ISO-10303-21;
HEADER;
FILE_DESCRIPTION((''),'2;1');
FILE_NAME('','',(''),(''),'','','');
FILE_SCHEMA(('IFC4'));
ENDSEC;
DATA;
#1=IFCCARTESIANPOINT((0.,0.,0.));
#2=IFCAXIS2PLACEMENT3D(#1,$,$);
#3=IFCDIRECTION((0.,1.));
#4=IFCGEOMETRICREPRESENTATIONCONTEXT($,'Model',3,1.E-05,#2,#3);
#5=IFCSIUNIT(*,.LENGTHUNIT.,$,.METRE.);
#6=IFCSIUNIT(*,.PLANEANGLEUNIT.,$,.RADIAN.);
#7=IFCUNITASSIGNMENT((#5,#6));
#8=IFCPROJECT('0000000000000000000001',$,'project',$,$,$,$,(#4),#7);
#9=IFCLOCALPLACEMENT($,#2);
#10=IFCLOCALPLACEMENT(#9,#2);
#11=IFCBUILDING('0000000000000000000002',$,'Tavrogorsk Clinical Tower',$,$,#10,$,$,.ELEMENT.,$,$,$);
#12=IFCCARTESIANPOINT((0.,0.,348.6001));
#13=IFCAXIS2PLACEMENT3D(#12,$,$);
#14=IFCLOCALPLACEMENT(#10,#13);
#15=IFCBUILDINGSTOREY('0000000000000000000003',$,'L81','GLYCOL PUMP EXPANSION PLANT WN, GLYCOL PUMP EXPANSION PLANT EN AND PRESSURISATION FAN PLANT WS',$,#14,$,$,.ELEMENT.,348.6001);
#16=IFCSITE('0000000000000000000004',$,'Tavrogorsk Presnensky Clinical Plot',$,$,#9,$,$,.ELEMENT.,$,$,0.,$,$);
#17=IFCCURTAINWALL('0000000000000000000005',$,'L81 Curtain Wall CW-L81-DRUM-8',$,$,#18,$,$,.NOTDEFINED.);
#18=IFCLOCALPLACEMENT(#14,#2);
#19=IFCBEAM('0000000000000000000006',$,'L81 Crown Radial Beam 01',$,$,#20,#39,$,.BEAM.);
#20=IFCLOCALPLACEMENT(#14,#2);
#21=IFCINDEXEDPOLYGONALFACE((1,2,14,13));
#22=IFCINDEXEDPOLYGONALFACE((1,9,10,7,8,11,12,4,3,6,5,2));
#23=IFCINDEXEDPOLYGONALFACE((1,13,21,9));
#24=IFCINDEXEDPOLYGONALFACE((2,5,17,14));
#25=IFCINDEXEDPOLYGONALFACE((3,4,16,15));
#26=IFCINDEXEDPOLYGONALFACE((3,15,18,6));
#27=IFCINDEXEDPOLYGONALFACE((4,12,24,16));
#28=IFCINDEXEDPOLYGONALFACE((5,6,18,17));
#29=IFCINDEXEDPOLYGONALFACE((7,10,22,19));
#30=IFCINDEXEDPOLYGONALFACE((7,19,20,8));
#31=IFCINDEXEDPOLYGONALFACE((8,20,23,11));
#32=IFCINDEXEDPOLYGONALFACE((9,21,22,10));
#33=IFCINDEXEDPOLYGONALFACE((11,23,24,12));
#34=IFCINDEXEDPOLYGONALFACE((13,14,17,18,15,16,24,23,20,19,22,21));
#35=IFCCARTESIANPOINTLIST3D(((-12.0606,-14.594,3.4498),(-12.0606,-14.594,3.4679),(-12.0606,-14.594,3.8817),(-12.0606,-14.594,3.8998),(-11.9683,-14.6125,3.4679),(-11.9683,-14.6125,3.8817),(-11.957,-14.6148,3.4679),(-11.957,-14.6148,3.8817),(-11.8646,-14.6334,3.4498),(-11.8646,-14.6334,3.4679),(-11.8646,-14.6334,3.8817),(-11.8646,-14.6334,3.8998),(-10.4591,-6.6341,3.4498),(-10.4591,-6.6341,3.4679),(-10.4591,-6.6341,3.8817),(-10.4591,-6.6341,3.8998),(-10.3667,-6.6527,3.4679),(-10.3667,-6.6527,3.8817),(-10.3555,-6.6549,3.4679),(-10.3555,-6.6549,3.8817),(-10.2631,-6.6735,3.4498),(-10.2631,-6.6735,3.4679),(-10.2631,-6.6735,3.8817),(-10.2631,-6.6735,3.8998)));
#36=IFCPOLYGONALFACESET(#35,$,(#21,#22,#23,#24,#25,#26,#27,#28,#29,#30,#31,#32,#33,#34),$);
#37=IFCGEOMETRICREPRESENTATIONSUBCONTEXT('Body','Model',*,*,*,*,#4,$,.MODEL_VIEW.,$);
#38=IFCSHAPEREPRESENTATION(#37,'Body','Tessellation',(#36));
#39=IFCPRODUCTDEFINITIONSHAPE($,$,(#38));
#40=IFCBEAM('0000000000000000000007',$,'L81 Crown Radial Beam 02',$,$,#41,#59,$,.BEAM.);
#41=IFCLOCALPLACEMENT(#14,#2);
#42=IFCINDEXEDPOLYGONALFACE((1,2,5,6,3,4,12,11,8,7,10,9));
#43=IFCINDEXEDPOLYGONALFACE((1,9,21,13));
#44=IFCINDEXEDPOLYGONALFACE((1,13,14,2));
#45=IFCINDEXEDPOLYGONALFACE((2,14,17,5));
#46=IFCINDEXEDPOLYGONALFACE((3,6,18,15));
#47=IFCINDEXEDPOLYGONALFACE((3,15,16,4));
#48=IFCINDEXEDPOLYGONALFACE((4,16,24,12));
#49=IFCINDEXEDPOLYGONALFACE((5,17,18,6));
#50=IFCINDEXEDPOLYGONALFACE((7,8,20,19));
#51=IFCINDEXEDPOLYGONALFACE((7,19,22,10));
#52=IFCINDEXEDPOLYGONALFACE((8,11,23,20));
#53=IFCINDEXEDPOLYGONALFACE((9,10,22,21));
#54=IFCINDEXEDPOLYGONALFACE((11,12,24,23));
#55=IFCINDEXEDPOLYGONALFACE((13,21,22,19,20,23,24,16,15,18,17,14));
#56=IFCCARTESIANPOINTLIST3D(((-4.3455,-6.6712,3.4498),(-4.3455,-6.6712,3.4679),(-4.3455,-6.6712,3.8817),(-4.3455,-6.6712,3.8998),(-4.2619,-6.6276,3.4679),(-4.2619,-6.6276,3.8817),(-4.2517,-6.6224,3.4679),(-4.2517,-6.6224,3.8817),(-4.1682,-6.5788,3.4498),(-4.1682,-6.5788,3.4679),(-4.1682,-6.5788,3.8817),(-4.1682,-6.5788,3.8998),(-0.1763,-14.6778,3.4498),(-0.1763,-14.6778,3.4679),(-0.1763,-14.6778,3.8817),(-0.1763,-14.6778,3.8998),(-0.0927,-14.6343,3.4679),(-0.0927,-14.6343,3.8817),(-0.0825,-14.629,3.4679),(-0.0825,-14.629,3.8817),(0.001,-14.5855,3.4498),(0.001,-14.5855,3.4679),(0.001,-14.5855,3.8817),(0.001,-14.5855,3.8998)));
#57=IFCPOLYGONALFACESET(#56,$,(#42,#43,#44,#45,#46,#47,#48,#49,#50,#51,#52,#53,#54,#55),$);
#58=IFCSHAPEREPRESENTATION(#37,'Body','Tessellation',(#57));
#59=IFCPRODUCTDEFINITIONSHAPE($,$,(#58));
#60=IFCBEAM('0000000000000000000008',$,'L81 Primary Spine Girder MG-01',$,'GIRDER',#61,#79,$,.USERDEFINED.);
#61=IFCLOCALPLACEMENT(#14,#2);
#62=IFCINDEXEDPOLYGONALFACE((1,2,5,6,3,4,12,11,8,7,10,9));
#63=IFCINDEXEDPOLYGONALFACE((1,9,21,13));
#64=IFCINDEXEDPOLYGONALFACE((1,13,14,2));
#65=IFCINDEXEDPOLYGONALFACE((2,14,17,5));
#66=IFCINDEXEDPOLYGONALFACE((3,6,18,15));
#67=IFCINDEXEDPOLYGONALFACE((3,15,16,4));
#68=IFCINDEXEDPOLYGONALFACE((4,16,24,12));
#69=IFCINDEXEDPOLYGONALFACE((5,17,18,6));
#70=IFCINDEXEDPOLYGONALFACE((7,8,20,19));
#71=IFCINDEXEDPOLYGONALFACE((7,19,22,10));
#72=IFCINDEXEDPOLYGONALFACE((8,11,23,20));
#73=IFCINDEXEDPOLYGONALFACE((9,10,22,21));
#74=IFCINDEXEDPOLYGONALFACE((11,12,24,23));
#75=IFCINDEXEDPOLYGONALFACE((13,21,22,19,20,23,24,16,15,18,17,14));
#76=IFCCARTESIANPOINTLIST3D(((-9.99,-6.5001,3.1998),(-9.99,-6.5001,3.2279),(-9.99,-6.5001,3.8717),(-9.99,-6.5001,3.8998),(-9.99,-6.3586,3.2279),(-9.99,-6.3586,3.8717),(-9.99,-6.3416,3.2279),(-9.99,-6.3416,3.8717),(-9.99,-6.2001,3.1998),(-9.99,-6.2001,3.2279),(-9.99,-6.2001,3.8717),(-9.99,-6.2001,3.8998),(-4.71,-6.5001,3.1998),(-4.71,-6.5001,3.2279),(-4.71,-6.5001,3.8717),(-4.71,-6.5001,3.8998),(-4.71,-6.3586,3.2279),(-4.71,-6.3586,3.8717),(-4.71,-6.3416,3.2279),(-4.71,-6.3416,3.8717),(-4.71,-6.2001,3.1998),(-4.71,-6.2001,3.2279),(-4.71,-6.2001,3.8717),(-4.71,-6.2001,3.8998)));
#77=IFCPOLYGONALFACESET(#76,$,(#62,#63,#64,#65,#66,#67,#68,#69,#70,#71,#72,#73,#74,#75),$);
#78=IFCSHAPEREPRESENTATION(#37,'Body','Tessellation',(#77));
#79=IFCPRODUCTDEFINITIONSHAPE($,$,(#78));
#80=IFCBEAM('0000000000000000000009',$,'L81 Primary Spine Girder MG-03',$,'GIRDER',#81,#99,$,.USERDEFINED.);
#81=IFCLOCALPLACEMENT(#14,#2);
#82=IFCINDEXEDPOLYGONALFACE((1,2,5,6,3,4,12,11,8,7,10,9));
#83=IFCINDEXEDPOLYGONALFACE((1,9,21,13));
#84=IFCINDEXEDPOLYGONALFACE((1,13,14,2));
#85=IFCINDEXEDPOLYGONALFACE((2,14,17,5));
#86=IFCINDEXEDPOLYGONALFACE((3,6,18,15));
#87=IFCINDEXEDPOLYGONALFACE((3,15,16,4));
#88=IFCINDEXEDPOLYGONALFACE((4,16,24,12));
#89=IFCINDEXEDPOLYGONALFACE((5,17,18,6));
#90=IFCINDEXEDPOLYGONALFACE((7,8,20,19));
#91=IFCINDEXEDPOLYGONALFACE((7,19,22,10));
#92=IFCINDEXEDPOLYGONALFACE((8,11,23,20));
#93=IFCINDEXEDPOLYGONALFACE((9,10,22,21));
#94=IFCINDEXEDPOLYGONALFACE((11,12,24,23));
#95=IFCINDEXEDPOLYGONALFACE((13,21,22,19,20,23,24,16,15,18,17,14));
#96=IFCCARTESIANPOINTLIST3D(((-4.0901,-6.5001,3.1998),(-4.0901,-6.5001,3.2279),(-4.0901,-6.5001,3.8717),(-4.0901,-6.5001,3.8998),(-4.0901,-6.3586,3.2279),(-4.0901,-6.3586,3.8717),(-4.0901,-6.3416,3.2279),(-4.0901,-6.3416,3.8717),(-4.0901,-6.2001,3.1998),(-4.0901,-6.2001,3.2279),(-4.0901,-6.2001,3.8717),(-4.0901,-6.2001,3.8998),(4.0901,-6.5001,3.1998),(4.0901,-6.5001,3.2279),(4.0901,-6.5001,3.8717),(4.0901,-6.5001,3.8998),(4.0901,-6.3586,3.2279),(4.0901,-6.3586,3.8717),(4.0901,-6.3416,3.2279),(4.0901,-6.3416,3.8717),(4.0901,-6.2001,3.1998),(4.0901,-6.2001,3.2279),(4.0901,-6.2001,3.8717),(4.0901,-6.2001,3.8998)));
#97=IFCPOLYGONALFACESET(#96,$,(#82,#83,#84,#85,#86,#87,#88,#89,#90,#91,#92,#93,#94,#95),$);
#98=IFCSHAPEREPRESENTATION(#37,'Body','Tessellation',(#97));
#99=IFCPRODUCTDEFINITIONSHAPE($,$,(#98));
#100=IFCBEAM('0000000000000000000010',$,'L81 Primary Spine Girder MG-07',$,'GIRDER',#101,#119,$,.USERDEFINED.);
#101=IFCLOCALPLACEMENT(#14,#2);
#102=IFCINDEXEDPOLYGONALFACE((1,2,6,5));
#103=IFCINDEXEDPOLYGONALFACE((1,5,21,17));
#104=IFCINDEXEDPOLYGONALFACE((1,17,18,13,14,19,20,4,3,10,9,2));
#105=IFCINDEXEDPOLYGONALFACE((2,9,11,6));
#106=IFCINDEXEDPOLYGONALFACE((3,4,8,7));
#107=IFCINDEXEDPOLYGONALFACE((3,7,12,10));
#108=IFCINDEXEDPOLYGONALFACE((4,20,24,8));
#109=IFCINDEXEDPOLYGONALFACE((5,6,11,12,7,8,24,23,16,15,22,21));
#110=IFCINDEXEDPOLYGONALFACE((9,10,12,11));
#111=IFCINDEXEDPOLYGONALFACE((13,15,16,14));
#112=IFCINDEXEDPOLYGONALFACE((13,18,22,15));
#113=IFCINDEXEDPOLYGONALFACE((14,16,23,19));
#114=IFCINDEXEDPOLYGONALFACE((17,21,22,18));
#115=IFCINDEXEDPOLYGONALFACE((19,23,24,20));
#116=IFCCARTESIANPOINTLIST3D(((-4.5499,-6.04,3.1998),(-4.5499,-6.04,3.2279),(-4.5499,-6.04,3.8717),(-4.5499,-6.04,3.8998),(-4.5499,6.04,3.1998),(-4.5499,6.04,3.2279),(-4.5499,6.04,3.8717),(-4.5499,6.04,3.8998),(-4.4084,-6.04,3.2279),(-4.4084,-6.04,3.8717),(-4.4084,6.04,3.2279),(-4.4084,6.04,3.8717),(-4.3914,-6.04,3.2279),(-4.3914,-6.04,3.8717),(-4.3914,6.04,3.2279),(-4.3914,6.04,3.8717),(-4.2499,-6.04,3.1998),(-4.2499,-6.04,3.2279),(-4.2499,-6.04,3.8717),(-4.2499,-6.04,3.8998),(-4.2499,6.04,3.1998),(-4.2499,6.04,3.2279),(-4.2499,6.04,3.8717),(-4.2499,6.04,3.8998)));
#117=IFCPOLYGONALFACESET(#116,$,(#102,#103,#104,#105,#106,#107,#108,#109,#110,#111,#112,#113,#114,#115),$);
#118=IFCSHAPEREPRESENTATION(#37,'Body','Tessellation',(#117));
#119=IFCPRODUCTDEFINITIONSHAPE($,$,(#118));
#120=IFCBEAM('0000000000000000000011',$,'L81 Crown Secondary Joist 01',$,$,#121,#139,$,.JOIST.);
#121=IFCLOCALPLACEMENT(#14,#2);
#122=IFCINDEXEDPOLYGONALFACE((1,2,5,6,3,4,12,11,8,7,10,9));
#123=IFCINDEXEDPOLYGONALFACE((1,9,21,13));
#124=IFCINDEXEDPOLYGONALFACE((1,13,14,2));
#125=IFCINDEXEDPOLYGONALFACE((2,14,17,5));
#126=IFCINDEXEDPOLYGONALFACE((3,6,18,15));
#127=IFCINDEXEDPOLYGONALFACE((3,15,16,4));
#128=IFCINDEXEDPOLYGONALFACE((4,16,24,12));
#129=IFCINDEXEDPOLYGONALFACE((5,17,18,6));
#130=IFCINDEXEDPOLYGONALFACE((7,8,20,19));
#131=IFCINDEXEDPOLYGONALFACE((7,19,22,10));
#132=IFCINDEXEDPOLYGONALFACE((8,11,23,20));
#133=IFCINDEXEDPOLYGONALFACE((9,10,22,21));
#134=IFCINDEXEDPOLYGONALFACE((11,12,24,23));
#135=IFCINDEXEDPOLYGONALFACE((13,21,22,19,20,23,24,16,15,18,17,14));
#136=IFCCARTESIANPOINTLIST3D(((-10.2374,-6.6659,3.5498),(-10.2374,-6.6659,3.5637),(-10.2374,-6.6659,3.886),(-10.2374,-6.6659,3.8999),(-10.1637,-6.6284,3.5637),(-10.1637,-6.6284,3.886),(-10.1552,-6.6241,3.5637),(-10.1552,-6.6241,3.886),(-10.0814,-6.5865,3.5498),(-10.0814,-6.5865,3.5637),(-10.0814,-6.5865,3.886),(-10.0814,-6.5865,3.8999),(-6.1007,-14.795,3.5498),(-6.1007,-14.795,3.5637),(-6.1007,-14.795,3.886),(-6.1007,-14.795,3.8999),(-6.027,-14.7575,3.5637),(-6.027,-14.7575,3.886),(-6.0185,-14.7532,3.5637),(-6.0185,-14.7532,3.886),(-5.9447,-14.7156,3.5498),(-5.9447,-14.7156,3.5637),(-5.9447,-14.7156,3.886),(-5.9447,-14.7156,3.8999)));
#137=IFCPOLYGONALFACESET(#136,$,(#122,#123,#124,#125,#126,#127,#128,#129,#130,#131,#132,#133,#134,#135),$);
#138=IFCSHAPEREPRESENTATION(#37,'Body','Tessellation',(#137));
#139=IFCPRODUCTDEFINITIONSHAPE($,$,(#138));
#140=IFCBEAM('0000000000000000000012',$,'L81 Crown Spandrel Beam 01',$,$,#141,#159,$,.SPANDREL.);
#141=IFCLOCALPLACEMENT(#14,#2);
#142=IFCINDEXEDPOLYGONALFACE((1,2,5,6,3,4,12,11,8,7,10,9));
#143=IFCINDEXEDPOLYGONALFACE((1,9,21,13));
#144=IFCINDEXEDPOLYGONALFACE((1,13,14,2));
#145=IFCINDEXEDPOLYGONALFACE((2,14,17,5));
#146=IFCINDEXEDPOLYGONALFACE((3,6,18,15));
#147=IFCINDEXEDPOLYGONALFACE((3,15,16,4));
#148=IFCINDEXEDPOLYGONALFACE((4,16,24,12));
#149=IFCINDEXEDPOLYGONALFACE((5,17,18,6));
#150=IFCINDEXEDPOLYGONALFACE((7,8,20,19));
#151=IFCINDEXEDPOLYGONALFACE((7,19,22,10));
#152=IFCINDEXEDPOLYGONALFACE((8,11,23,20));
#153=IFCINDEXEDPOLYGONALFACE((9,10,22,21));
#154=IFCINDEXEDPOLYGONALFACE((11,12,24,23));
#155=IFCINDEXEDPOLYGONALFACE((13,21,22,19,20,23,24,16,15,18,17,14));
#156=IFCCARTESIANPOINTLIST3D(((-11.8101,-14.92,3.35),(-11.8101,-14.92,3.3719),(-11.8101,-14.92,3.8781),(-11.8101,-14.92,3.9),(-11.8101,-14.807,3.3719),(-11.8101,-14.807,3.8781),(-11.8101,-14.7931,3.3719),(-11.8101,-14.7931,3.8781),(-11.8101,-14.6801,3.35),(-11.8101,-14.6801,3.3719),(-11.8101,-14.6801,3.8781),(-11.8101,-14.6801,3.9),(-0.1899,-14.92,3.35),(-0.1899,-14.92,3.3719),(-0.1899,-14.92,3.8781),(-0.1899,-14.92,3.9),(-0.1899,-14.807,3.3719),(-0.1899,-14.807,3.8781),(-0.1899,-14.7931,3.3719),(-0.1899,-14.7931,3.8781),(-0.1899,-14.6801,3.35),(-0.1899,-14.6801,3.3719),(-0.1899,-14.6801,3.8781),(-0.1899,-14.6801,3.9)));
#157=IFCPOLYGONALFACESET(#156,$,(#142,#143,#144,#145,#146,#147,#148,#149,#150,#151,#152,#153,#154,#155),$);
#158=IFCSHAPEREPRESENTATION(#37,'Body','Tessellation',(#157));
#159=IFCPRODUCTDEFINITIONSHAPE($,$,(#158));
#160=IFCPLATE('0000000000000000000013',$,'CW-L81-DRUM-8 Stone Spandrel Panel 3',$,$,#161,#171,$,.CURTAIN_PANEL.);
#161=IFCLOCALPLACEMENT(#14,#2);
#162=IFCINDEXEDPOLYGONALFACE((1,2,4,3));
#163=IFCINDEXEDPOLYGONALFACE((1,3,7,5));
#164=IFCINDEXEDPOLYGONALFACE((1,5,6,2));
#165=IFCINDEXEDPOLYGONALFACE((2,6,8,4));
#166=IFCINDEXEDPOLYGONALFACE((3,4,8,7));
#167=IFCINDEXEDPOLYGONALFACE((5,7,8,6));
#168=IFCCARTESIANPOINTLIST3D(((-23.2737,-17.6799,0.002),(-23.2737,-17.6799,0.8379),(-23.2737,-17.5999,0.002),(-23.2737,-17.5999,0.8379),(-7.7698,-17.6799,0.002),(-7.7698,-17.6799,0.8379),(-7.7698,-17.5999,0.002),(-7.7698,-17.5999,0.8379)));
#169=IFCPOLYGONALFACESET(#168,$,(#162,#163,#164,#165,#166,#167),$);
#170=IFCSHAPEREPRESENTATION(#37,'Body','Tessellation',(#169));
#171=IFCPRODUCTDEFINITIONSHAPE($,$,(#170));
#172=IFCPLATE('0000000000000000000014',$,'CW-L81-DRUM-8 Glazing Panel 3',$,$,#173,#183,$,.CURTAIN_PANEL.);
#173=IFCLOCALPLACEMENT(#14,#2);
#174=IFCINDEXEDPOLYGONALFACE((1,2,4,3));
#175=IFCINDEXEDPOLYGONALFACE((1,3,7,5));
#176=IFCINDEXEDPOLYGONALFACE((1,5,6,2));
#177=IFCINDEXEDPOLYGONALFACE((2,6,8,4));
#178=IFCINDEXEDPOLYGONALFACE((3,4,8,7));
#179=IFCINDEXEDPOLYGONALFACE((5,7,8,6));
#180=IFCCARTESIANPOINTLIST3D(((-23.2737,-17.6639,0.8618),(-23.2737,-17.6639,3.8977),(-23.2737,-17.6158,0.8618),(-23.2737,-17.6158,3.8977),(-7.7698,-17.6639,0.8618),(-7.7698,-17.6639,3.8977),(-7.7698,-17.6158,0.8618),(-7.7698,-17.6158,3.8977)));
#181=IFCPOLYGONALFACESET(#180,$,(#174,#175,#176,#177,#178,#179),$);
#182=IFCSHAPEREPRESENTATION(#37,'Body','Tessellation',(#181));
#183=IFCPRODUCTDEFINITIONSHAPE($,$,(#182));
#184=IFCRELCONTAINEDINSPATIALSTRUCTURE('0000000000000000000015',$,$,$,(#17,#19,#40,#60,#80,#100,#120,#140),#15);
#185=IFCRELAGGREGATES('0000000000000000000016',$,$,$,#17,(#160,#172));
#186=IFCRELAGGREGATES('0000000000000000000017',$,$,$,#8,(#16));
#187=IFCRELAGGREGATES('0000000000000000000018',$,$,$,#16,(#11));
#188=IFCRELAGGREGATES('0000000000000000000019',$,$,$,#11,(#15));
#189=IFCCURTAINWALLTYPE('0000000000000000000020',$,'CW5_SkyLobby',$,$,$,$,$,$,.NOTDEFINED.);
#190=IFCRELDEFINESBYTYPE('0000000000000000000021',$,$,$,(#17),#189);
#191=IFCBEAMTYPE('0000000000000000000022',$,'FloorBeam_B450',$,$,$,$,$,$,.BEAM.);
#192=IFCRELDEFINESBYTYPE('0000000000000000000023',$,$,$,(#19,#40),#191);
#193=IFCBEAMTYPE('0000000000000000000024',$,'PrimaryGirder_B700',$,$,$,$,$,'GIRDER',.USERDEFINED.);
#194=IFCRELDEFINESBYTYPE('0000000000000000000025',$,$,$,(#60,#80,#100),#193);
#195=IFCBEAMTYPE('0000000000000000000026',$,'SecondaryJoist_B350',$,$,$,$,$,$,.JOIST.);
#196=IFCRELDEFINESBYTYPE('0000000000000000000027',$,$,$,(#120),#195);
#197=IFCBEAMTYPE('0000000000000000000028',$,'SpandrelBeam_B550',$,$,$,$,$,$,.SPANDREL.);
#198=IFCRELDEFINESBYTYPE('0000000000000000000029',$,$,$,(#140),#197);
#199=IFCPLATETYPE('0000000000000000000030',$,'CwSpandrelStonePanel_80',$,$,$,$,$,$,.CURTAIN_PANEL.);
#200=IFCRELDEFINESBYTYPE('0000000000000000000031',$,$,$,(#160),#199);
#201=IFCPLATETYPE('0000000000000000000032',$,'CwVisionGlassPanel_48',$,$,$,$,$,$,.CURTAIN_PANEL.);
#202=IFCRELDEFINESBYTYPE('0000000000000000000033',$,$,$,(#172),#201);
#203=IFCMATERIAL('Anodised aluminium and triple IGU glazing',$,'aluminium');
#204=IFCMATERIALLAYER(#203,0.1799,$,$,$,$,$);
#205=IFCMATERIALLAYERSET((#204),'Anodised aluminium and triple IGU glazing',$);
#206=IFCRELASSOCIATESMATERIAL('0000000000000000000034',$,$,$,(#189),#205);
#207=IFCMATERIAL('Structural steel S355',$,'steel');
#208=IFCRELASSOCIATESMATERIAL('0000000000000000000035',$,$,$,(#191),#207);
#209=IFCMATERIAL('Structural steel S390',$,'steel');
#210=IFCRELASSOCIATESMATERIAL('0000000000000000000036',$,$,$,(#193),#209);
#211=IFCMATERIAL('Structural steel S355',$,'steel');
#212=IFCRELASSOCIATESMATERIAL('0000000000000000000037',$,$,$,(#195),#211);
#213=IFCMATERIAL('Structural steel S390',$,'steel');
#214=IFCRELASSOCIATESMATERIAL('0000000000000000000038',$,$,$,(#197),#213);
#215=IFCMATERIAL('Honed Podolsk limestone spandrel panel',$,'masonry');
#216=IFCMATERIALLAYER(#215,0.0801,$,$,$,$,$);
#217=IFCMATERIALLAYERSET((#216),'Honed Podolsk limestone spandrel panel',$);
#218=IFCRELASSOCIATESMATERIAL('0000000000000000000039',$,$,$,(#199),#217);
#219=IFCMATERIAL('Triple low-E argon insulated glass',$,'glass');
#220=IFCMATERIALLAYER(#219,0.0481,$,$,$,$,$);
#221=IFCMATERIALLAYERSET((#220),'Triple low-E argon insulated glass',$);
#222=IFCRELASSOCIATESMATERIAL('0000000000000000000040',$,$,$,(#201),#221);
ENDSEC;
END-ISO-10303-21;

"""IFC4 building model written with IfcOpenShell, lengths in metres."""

from ifc_helpers import new_model, si_unit, direction, frame, origin, origin_2d, place, context, subcontext, project, spatial, rectangle, i_section, extrude, material, layer, layer_set, material_profile, profile_set, type_object, element, aggregate, save


model = new_model("IFC4")

# Units and contexts
model_context = context("Model", 3, precision=1e-05, world=origin(), true_north=direction((0.0, 1.0)))
body_context = subcontext(model_context, "Body", "Model", "MODEL_VIEW")
ifc_project = project(units=[si_unit("LENGTHUNIT", "METRE"), si_unit("PLANEANGLEUNIT", "RADIAN")], contexts=[model_context])

# Site, building, storey
site_placement = place(None, origin())
site = spatial("IfcSite", under=ifc_project, at=site_placement, Name="Tavrogorsk Presnensky Clinical Plot", CompositionType="ELEMENT", RefElevation=0.0)
building_placement = place(site_placement, origin())
building = spatial("IfcBuilding", under=site, at=building_placement, Name="Tavrogorsk Clinical Tower", CompositionType="ELEMENT")
storey_placement = place(building_placement, frame((0.0, 0.0, 348.6001)))
storey = spatial("IfcBuildingStorey", under=building, at=storey_placement, Name="L81", Description="GLYCOL PUMP EXPANSION PLANT WN, GLYCOL PUMP EXPANSION PLANT EN AND PRESSURISATION FAN PLANT WS", CompositionType="ELEMENT", Elevation=348.6001)

# Curtain wall
ifc_material_1 = material(Name="Anodised aluminium and triple IGU glazing", Category="aluminium")
ifc_layer_1 = layer(ifc_material_1, 0.1799)
ifc_layer_set_1 = layer_set([ifc_layer_1], Name="Anodised aluminium and triple IGU glazing")
curtain_wall_type = type_object("IfcCurtainWallType", Name="CW5_SkyLobby", PredefinedType="NOTDEFINED", material=ifc_layer_set_1)
curtain_wall_placement = place(storey_placement, origin())
curtain_wall = element("IfcCurtainWall", 1, at=curtain_wall_placement, inside=storey, type_object=curtain_wall_type, Name="L81 Curtain Wall CW-L81-DRUM-8", PredefinedType="NOTDEFINED")

# Beams
ifc_material_2 = material(Name="Structural steel S355", Category="steel")
ifc_material_profile_1 = material_profile(ifc_material_2, i_section(OverallWidth=0.2, OverallDepth=0.45, WebThickness=0.0115, FlangeThickness=0.0181, at=origin_2d()), Name="B-450x200x11.5x18")
ifc_profile_set_1 = profile_set([ifc_material_profile_1], Name="Structural steel S355")
beam_type_1 = type_object("IfcBeamType", Name="FloorBeam_B450", PredefinedType="BEAM", material=ifc_profile_set_1)
beam_1_placement = place(storey_placement, frame((-10.3611, -6.6538, 3.6748), z_axis=(-0.197249, -0.980353, 0.0), x_axis=(0.980353, -0.197249, 0.0)))
element("IfcBeam", 2, at=beam_1_placement, inside=storey, type_object=beam_type_1, Name="L81 Crown Radial Beam 01", PredefinedType="BEAM", context=body_context, shape_type="SweptSolid", body=[
    extrude(i_section(OverallWidth=0.2, OverallDepth=0.45, WebThickness=0.0115, FlangeThickness=0.0181, at=origin_2d()), origin(), (0.0, 0.0, 1.0), 8.1194),
])
beam_2_placement = place(storey_placement, frame((-4.2568, -6.625, 3.6748), z_axis=(0.461855, -0.886955, 0.0), x_axis=(0.886955, 0.461855, 0.0)))
element("IfcBeam", 3, at=beam_2_placement, inside=storey, type_object=beam_type_1, Name="L81 Crown Radial Beam 02", PredefinedType="BEAM", context=body_context, shape_type="SweptSolid", body=[
    extrude(i_section(OverallWidth=0.2, OverallDepth=0.45, WebThickness=0.0115, FlangeThickness=0.0181, at=origin_2d()), origin(), (0.0, 0.0, 1.0), 9.0271),
])
ifc_material_3 = material(Name="Structural steel S390", Category="steel")
ifc_material_profile_2 = material_profile(ifc_material_3, i_section(OverallWidth=0.3, OverallDepth=0.7, WebThickness=0.0171, FlangeThickness=0.0281, at=origin_2d()), Name="B-700x300x17x28")
ifc_profile_set_2 = profile_set([ifc_material_profile_2], Name="Structural steel S390")
beam_type_2 = type_object("IfcBeamType", Name="PrimaryGirder_B700", ElementType="GIRDER", PredefinedType="USERDEFINED", material=ifc_profile_set_2)
beam_3_placement = place(storey_placement, frame((-9.99, -6.3501, 3.5498), z_axis=(1.0, 0.0, 0.0), x_axis=(0.0, 1.0, 0.0)))
element("IfcBeam", 4, at=beam_3_placement, inside=storey, type_object=beam_type_2, Name="L81 Primary Spine Girder MG-01", ObjectType="GIRDER", PredefinedType="USERDEFINED", context=body_context, shape_type="SweptSolid", body=[
    extrude(i_section(OverallWidth=0.3, OverallDepth=0.7, WebThickness=0.0171, FlangeThickness=0.0281, at=origin_2d()), origin(), (0.0, 0.0, 1.0), 5.28),
])
beam_4_placement = place(storey_placement, frame((-4.0901, -6.3501, 3.5498), z_axis=(1.0, 0.0, 0.0), x_axis=(0.0, 1.0, 0.0)))
element("IfcBeam", 5, at=beam_4_placement, inside=storey, type_object=beam_type_2, Name="L81 Primary Spine Girder MG-03", ObjectType="GIRDER", PredefinedType="USERDEFINED", context=body_context, shape_type="SweptSolid", body=[
    extrude(i_section(OverallWidth=0.3, OverallDepth=0.7, WebThickness=0.0171, FlangeThickness=0.0281, at=origin_2d()), origin(), (0.0, 0.0, 1.0), 8.1802),
])
beam_5_placement = place(storey_placement, frame((-4.3999, -6.04, 3.5498), z_axis=(0.0, 1.0, 0.0), x_axis=(-1.0, 0.0, 0.0)))
element("IfcBeam", 6, at=beam_5_placement, inside=storey, type_object=beam_type_2, Name="L81 Primary Spine Girder MG-07", ObjectType="GIRDER", PredefinedType="USERDEFINED", context=body_context, shape_type="SweptSolid", body=[
    extrude(i_section(OverallWidth=0.3, OverallDepth=0.7, WebThickness=0.0171, FlangeThickness=0.0281, at=origin_2d()), origin(), (0.0, 0.0, 1.0), 12.0801),
])
ifc_material_4 = material(Name="Structural steel S355", Category="steel")
ifc_material_profile_3 = material_profile(ifc_material_4, i_section(OverallWidth=0.175, OverallDepth=0.3501, WebThickness=0.0095, FlangeThickness=0.0139, at=origin_2d()), Name="B-350x175x9.5x14")
ifc_profile_set_3 = profile_set([ifc_material_profile_3], Name="Structural steel S355")
beam_type_3 = type_object("IfcBeamType", Name="SecondaryJoist_B350", PredefinedType="JOIST", material=ifc_profile_set_3)
beam_6_placement = place(storey_placement, frame((-10.1594, -6.6262, 3.7249), z_axis=(0.45353, -0.891241, 0.0), x_axis=(0.891241, 0.45353, 0.0)))
element("IfcBeam", 7, at=beam_6_placement, inside=storey, type_object=beam_type_3, Name="L81 Crown Secondary Joist 01", PredefinedType="JOIST", context=body_context, shape_type="SweptSolid", body=[
    extrude(i_section(OverallWidth=0.175, OverallDepth=0.3501, WebThickness=0.0095, FlangeThickness=0.0139, at=origin_2d()), origin(), (0.0, 0.0, 1.0), 9.1211),
])
ifc_material_5 = material(Name="Structural steel S390", Category="steel")
ifc_material_profile_4 = material_profile(ifc_material_5, i_section(OverallWidth=0.24, OverallDepth=0.55, WebThickness=0.0139, FlangeThickness=0.022, at=origin_2d()), Name="B-550x240x14x22")
ifc_profile_set_4 = profile_set([ifc_material_profile_4], Name="Structural steel S390")
beam_type_4 = type_object("IfcBeamType", Name="SpandrelBeam_B550", PredefinedType="SPANDREL", material=ifc_profile_set_4)
beam_7_placement = place(storey_placement, frame((-11.8101, -14.8, 3.625), z_axis=(1.0, 0.0, 0.0), x_axis=(0.0, 1.0, 0.0)))
element("IfcBeam", 8, at=beam_7_placement, inside=storey, type_object=beam_type_4, Name="L81 Crown Spandrel Beam 01", PredefinedType="SPANDREL", context=body_context, shape_type="SweptSolid", body=[
    extrude(i_section(OverallWidth=0.24, OverallDepth=0.55, WebThickness=0.0139, FlangeThickness=0.022, at=origin_2d()), origin(), (0.0, 0.0, 1.0), 11.6201),
])

# Plates
ifc_material_6 = material(Name="Honed Podolsk limestone spandrel panel", Category="masonry")
ifc_layer_2 = layer(ifc_material_6, 0.0801)
ifc_layer_set_2 = layer_set([ifc_layer_2], Name="Honed Podolsk limestone spandrel panel")
plate_type_1 = type_object("IfcPlateType", Name="CwSpandrelStonePanel_80", PredefinedType="CURTAIN_PANEL", material=ifc_layer_set_2)
plate_1_placement = place(storey_placement, frame((-15.5217, -17.6399, 0.002), z_axis=(0.0, 0.0, 1.0), x_axis=(-1.0, 0.0, 0.0)))
plate_1 = element("IfcPlate", 9, at=plate_1_placement, type_object=plate_type_1, Name="CW-L81-DRUM-8 Stone Spandrel Panel 3", PredefinedType="CURTAIN_PANEL", context=body_context, shape_type="SweptSolid", body=[
    extrude(rectangle(XDim=15.5039, YDim=0.0801, at=origin_2d()), origin(), (0.0, 0.0, 1.0), 0.8359),
])
ifc_material_7 = material(Name="Triple low-E argon insulated glass", Category="glass")
ifc_layer_3 = layer(ifc_material_7, 0.0481)
ifc_layer_set_3 = layer_set([ifc_layer_3], Name="Triple low-E argon insulated glass")
plate_type_2 = type_object("IfcPlateType", Name="CwVisionGlassPanel_48", PredefinedType="CURTAIN_PANEL", material=ifc_layer_set_3)
plate_2_placement = place(storey_placement, frame((-15.5217, -17.6399, 0.8618), z_axis=(0.0, 0.0, 1.0), x_axis=(-1.0, 0.0, 0.0)))
plate_2 = element("IfcPlate", 10, at=plate_2_placement, type_object=plate_type_2, Name="CW-L81-DRUM-8 Glazing Panel 3", PredefinedType="CURTAIN_PANEL", context=body_context, shape_type="SweptSolid", body=[
    extrude(rectangle(XDim=15.5039, YDim=0.0481, at=origin_2d()), origin(), (0.0, 0.0, 1.0), 3.0359),
])
aggregate(curtain_wall, [plate_1, plate_2])

save(model, "model.ifc")
